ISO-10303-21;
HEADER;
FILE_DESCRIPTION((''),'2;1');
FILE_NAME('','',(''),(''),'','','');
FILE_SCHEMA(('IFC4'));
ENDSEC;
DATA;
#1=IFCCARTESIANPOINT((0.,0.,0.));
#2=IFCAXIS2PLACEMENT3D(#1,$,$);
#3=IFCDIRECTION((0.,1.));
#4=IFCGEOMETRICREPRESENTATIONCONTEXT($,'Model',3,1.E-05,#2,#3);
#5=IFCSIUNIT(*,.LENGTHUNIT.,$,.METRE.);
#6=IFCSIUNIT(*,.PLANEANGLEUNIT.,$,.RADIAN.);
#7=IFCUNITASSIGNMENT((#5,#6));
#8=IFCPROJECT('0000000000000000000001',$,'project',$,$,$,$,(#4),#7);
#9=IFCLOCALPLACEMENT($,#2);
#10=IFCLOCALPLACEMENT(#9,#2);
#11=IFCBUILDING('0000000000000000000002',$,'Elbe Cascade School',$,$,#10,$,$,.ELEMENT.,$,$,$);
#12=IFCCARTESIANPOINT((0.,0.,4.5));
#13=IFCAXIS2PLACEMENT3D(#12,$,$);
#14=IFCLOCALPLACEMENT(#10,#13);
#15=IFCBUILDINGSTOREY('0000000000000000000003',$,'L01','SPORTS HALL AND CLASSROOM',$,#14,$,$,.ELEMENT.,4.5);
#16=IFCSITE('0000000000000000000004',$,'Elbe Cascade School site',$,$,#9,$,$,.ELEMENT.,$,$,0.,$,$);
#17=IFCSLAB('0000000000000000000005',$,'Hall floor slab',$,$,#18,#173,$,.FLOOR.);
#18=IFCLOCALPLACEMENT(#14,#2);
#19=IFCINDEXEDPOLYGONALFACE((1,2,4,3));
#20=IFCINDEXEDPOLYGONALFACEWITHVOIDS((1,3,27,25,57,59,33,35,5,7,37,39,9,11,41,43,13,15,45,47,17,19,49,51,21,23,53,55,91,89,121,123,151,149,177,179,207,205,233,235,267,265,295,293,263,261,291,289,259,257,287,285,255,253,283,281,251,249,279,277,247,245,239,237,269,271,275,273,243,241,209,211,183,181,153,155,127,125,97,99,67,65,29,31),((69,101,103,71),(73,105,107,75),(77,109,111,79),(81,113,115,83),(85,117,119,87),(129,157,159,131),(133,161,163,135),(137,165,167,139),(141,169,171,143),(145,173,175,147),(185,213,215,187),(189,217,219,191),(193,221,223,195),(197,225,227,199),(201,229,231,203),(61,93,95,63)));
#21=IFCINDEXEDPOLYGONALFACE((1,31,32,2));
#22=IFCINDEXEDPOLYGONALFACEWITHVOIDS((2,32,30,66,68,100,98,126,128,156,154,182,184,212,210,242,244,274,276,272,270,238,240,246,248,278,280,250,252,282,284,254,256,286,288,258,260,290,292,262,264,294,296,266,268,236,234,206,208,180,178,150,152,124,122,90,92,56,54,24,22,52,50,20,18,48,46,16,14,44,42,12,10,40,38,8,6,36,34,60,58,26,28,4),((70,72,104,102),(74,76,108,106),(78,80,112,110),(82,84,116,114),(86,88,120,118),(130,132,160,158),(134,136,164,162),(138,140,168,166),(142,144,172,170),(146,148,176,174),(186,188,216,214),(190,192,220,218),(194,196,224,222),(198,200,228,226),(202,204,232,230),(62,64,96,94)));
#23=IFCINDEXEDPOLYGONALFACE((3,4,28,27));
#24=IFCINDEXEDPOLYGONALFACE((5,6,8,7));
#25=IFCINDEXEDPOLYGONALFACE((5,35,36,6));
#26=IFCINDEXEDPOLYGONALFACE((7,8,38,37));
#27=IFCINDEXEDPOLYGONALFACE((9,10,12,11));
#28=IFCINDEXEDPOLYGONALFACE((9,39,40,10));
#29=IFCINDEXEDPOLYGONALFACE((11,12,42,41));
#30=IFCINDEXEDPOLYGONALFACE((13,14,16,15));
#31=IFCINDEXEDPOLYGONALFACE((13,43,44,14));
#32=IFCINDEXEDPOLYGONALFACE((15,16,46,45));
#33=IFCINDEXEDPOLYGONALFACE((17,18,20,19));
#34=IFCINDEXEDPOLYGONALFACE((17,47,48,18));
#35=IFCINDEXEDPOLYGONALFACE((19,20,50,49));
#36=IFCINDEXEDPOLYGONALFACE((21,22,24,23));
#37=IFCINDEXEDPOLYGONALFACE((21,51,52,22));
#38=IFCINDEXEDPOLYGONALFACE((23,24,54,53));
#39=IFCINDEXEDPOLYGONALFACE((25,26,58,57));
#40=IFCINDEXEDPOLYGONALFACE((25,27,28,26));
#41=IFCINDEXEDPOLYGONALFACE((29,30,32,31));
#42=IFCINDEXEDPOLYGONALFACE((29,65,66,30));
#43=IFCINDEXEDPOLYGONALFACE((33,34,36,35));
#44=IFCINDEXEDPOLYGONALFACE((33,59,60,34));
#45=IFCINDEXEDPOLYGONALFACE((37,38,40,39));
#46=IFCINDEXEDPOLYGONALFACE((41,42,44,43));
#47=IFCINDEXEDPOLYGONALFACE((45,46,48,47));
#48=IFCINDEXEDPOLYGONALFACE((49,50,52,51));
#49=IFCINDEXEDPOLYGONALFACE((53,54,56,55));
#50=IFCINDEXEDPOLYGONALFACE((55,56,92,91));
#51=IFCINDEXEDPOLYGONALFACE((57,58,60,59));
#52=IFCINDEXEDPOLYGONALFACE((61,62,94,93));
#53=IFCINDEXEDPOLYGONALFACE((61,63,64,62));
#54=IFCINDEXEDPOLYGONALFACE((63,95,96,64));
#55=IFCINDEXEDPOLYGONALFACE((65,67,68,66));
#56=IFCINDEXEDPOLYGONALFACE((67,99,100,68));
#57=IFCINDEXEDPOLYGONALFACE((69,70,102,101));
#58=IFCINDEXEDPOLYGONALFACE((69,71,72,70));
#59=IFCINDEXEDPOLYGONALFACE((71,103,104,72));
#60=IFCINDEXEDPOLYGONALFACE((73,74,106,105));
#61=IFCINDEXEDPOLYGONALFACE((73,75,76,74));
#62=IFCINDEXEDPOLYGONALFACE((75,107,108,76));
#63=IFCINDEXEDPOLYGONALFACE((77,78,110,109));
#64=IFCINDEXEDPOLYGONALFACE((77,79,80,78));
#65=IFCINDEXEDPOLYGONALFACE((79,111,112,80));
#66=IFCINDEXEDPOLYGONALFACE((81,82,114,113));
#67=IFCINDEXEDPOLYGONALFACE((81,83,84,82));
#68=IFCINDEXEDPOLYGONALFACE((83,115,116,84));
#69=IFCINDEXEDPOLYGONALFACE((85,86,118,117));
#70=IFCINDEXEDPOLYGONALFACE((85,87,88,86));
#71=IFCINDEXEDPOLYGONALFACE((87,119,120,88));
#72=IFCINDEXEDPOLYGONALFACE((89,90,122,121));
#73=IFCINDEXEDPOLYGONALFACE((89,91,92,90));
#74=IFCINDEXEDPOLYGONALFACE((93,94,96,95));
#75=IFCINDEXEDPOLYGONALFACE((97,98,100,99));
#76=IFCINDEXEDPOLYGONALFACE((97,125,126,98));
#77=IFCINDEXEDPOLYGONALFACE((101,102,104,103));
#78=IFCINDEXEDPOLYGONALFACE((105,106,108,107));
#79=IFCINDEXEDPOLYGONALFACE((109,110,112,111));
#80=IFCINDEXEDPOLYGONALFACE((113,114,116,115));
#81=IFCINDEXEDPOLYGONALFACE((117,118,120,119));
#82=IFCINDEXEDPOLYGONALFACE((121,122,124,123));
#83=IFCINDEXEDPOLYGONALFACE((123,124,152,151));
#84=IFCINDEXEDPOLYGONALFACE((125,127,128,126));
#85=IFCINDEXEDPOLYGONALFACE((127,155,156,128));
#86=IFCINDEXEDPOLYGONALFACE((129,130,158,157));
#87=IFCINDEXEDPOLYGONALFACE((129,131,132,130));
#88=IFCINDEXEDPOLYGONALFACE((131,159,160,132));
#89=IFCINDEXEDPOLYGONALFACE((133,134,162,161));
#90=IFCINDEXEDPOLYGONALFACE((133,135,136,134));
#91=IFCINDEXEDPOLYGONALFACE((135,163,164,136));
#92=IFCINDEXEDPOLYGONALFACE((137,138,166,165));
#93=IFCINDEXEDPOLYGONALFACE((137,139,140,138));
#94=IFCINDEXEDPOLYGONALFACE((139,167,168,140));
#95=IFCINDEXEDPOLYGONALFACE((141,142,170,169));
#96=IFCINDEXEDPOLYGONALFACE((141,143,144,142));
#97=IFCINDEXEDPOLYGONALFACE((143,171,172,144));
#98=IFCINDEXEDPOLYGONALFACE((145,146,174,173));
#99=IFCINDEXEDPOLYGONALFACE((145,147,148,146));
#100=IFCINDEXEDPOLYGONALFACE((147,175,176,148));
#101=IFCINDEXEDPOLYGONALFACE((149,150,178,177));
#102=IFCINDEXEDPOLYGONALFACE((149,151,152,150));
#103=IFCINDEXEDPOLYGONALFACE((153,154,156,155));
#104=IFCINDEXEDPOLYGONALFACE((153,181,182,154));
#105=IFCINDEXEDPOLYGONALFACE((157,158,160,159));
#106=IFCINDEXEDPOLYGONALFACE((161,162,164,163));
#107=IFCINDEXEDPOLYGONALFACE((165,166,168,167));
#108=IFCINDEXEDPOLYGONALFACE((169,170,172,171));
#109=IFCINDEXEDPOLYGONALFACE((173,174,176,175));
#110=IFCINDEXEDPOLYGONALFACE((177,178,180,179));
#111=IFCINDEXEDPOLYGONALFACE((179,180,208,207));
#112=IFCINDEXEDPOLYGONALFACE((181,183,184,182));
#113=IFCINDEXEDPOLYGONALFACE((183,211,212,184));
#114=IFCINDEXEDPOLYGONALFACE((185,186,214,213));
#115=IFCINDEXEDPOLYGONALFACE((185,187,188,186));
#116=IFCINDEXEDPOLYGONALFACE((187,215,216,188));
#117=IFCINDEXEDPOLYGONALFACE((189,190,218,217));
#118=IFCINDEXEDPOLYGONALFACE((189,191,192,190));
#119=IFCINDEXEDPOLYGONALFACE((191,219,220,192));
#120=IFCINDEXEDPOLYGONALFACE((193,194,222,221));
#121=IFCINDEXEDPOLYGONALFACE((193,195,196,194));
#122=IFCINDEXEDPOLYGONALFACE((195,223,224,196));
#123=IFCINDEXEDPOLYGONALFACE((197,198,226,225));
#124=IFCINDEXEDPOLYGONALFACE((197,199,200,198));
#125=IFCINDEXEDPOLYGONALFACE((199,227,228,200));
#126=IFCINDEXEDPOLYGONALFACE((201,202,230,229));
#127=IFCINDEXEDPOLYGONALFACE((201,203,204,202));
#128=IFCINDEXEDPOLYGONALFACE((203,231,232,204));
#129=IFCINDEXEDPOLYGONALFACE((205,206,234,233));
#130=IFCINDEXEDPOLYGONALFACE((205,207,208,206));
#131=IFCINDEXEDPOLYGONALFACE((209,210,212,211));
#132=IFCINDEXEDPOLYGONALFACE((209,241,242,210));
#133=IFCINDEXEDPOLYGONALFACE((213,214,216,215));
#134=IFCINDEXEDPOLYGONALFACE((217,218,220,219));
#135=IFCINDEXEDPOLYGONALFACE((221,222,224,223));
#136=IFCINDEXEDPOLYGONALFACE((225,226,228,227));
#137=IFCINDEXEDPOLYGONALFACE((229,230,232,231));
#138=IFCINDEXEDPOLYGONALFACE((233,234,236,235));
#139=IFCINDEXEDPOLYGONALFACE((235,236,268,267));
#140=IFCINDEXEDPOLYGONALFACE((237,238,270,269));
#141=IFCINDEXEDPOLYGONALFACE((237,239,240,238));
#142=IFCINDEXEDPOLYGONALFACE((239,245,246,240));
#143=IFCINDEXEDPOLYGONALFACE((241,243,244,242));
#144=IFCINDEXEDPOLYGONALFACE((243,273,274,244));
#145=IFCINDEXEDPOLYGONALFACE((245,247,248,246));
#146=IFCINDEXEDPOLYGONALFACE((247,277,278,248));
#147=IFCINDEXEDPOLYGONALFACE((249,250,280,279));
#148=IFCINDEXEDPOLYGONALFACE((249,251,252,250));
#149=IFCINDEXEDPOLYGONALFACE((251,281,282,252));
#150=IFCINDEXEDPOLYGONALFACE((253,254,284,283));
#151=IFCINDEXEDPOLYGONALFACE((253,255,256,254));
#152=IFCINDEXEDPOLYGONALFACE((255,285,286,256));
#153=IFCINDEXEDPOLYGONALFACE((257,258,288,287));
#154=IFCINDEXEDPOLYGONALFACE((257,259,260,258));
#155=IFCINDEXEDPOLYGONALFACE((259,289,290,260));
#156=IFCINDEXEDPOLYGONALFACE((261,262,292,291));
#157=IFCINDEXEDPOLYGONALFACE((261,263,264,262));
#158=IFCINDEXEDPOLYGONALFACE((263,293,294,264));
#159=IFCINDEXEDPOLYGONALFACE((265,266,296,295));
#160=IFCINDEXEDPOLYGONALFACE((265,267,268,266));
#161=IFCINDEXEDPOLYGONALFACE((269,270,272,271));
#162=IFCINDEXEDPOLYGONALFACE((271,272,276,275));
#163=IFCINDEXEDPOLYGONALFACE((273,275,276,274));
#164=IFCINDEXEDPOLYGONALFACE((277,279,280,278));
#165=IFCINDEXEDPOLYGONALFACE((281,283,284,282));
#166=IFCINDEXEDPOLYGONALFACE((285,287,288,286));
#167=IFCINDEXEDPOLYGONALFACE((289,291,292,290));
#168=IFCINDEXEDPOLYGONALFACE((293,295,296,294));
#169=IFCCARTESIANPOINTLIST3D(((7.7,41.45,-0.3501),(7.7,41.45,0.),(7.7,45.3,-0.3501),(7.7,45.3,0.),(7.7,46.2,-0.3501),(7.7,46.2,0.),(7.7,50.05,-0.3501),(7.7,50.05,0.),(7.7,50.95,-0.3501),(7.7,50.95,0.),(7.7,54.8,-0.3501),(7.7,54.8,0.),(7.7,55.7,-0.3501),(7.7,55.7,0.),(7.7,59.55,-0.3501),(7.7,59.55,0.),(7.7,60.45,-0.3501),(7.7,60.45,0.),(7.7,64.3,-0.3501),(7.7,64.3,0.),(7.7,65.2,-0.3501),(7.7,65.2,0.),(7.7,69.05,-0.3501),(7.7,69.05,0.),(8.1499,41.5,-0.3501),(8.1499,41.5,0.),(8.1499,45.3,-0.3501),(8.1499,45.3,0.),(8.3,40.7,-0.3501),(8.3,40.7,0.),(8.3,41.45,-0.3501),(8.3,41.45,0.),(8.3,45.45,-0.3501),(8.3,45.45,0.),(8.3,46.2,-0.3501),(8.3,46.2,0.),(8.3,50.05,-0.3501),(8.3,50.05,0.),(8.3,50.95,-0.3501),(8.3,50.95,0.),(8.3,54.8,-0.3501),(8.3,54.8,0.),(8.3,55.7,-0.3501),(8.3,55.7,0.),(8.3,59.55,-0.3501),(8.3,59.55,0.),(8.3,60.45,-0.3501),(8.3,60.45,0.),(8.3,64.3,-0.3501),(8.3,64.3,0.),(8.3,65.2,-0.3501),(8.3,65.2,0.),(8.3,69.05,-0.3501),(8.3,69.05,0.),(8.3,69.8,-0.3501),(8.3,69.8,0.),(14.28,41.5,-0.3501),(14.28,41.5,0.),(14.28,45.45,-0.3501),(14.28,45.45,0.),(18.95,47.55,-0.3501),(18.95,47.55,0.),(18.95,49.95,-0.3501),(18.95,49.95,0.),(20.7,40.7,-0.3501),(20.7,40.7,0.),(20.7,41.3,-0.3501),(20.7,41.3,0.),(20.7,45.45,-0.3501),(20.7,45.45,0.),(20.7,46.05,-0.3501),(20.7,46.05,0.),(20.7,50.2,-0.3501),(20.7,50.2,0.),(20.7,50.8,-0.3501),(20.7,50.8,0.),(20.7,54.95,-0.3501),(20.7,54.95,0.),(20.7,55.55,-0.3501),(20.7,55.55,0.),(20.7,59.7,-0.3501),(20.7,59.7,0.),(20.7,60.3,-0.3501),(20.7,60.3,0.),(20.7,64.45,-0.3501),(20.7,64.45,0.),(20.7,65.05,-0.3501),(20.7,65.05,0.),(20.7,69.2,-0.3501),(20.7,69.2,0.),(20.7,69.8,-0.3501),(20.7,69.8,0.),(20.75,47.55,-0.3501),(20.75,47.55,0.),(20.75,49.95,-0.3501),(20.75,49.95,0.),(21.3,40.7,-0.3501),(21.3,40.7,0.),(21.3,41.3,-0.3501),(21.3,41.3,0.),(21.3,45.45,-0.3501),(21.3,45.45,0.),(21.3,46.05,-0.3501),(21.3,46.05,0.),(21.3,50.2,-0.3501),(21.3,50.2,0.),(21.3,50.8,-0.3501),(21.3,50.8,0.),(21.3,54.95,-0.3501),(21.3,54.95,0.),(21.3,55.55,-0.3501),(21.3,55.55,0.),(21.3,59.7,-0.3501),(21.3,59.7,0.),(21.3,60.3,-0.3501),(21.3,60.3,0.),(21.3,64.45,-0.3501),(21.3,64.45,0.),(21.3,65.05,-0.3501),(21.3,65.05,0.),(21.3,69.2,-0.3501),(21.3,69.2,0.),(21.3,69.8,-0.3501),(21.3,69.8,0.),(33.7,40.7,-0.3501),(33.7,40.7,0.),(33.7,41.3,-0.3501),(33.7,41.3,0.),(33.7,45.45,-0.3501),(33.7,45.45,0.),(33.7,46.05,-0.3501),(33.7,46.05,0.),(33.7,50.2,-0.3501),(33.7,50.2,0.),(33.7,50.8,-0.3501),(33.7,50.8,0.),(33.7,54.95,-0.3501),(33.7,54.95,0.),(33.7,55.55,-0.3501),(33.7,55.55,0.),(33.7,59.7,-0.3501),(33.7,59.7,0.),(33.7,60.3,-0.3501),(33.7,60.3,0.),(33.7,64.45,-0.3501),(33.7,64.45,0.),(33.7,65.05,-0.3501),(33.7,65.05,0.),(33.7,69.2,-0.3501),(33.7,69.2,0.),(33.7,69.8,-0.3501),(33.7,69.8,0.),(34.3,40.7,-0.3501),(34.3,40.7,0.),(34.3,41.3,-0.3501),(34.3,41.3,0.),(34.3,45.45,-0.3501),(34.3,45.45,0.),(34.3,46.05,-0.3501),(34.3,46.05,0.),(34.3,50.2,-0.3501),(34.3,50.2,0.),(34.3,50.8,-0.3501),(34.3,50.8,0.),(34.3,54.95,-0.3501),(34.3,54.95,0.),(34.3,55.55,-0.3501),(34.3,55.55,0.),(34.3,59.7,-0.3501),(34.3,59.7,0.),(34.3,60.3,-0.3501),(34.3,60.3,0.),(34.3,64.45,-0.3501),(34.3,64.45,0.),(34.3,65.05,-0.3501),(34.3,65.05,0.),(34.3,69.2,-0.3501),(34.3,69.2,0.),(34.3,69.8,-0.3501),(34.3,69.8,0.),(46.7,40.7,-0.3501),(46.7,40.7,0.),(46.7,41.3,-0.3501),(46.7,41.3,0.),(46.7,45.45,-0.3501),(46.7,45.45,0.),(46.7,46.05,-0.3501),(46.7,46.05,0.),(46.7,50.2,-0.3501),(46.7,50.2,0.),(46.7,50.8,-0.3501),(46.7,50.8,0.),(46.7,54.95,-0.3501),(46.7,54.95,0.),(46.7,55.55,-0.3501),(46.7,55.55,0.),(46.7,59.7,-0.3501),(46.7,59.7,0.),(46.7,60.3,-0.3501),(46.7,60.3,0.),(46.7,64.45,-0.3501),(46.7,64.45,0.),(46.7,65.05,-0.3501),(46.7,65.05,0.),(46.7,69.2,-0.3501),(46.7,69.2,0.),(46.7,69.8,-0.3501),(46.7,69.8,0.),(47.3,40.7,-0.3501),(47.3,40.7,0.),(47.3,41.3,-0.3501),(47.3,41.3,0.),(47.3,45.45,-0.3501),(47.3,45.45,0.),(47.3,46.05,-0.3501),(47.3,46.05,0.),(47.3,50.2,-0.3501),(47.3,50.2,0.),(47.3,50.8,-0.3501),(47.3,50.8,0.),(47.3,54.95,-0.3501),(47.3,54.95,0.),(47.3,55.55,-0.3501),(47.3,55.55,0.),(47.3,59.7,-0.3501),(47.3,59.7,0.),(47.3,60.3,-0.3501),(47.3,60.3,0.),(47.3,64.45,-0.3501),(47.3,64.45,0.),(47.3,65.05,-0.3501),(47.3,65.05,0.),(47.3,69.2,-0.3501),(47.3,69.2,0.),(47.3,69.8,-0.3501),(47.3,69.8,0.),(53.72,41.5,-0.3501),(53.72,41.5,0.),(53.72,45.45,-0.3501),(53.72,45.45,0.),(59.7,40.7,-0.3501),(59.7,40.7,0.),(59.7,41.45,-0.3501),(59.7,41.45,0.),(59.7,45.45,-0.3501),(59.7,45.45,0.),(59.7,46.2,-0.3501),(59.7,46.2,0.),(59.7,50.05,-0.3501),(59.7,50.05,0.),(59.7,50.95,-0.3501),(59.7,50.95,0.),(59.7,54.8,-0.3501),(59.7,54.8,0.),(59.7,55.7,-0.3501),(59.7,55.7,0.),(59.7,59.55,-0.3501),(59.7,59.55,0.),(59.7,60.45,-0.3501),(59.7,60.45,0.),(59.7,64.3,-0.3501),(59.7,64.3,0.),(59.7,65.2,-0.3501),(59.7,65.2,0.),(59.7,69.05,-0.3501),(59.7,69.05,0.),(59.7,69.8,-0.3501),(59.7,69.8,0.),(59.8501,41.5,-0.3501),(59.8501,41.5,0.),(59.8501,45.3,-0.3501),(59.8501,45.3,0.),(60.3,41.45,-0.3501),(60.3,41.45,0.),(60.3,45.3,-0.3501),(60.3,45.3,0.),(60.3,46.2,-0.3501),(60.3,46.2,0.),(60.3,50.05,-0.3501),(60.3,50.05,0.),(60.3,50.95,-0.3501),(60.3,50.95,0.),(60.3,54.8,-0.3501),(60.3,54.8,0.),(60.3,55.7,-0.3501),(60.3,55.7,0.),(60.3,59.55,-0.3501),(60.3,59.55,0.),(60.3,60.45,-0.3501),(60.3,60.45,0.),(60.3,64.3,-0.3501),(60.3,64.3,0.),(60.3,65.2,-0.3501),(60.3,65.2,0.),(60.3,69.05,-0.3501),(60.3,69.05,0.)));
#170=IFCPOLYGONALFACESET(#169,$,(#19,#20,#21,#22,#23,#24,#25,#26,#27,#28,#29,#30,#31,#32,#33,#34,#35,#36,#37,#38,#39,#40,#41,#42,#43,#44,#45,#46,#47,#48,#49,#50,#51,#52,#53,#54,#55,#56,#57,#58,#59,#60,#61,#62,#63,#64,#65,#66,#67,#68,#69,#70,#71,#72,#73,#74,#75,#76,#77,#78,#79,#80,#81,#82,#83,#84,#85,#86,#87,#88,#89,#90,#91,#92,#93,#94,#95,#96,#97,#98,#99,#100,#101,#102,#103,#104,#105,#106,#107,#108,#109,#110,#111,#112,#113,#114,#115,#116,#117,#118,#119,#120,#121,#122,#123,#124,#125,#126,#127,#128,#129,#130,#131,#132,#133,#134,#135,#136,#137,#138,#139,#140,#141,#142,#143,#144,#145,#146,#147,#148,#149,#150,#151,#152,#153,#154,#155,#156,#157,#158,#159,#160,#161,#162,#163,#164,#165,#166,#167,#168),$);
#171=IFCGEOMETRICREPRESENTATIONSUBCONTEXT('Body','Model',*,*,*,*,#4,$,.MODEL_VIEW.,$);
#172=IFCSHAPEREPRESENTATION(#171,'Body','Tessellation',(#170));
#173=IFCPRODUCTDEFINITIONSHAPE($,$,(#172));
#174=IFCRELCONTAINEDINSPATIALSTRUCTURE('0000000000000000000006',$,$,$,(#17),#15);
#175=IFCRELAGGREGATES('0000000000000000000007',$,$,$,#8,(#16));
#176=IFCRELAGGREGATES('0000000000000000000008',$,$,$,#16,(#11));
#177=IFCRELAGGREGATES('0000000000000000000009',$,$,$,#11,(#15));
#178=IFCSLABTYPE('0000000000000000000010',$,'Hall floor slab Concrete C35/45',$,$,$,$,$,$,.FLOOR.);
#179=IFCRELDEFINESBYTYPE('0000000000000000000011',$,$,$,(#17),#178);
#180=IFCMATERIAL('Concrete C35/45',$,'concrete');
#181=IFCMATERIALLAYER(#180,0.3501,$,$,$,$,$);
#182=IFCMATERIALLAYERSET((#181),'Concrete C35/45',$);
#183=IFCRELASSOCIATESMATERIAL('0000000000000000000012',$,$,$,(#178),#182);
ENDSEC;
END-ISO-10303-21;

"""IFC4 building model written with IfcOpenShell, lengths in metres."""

from ifc_helpers import new_model, si_unit, direction, frame, origin, place, context, subcontext, project, spatial, polyline, outline, extrude, material, layer, layer_set, type_object, element, save


model = new_model("IFC4")

# Units and contexts
model_context = context("Model", 3, precision=1e-05, world=origin(), true_north=direction((0.0, 1.0)))
body_context = subcontext(model_context, "Body", "Model", "MODEL_VIEW")
ifc_project = project(units=[si_unit("LENGTHUNIT", "METRE"), si_unit("PLANEANGLEUNIT", "RADIAN")], contexts=[model_context])

# Site, building, storey
site_placement = place(None, origin())
site = spatial("IfcSite", under=ifc_project, at=site_placement, Name="Elbe Cascade School site", CompositionType="ELEMENT", RefElevation=0.0)
building_placement = place(site_placement, origin())
building = spatial("IfcBuilding", under=site, at=building_placement, Name="Elbe Cascade School", CompositionType="ELEMENT")
storey_placement = place(building_placement, frame((0.0, 0.0, 4.5)))
storey = spatial("IfcBuildingStorey", under=building, at=storey_placement, Name="L01", Description="SPORTS HALL AND CLASSROOM", CompositionType="ELEMENT", Elevation=4.5)

# Slab
ifc_material_1 = material(Name="Concrete C35/45", Category="concrete")
ifc_layer_1 = layer(ifc_material_1, 0.3501)
ifc_layer_set_1 = layer_set([ifc_layer_1], Name="Concrete C35/45")
slab_type_1 = type_object("IfcSlabType", Name="Hall floor slab Concrete C35/45", PredefinedType="FLOOR", material=ifc_layer_set_1)
slab_1_placement = place(storey_placement, frame((0.0, 0.0, -0.3501)))
element("IfcSlab", 1, at=slab_1_placement, inside=storey, type_object=slab_type_1, Name="Hall floor slab", PredefinedType="FLOOR", context=body_context, shape_type="SweptSolid", body=[
    extrude(outline(polyline([(60.3, 41.45), (59.7, 41.45), (59.7, 40.7), (47.3, 40.7), (47.3, 41.3), (46.7, 41.3), (46.7, 40.7), (34.3, 40.7), (34.3, 41.3), (33.7, 41.3), (33.7, 40.7), (21.3, 40.7), (21.3, 41.3), (20.7, 41.3), (20.7, 40.7), (8.3, 40.7), (8.3, 41.45), (7.7, 41.45), (7.7, 45.3), (8.1499, 45.3), (8.1499, 41.5), (14.28, 41.5), (14.28, 45.45), (8.3, 45.45), (8.3, 46.2), (7.7, 46.2), (7.7, 50.05), (8.3, 50.05), (8.3, 50.95), (7.7, 50.95), (7.7, 54.8), (8.3, 54.8), (8.3, 55.7), (7.7, 55.7), (7.7, 59.55), (8.3, 59.55), (8.3, 60.45), (7.7, 60.45), (7.7, 64.3), (8.3, 64.3), (8.3, 65.2), (7.7, 65.2), (7.7, 69.05), (8.3, 69.05), (8.3, 69.8), (20.7, 69.8), (20.7, 69.2), (21.3, 69.2), (21.3, 69.8), (33.7, 69.8), (33.7, 69.2), (34.3, 69.2), (34.3, 69.8), (46.7, 69.8), (46.7, 69.2), (47.3, 69.2), (47.3, 69.8), (59.7, 69.8), (59.7, 69.05), (60.3, 69.05), (60.3, 65.2), (59.7, 65.2), (59.7, 64.3), (60.3, 64.3), (60.3, 60.45), (59.7, 60.45), (59.7, 59.55), (60.3, 59.55), (60.3, 55.7), (59.7, 55.7), (59.7, 54.8), (60.3, 54.8), (60.3, 50.95), (59.7, 50.95), (59.7, 50.05), (60.3, 50.05), (60.3, 46.2), (59.7, 46.2), (59.7, 45.45), (53.72, 45.45), (53.72, 41.5), (59.8501, 41.5), (59.8501, 45.3), (60.3, 45.3), (60.3, 41.45)]), holes=[polyline([(21.3, 45.45), (21.3, 46.05), (20.7, 46.05), (20.7, 45.45), (21.3, 45.45)]), polyline([(20.75, 47.55), (20.75, 49.95), (18.95, 49.95), (18.95, 47.55), (20.75, 47.55)]), polyline([(20.7, 50.2), (21.3, 50.2), (21.3, 50.8), (20.7, 50.8), (20.7, 50.2)]), polyline([(21.3, 54.95), (21.3, 55.55), (20.7, 55.55), (20.7, 54.95), (21.3, 54.95)]), polyline([(21.3, 59.7), (21.3, 60.3), (20.7, 60.3), (20.7, 59.7), (21.3, 59.7)]), polyline([(33.7, 59.7), (34.3, 59.7), (34.3, 60.3), (33.7, 60.3), (33.7, 59.7)]), polyline([(21.3, 64.45), (21.3, 65.05), (20.7, 65.05), (20.7, 64.45), (21.3, 64.45)]), polyline([(34.3, 64.45), (34.3, 65.05), (33.7, 65.05), (33.7, 64.45), (34.3, 64.45)]), polyline([(34.3, 45.45), (34.3, 46.05), (33.7, 46.05), (33.7, 45.45), (34.3, 45.45)]), polyline([(47.3, 45.45), (47.3, 46.05), (46.7, 46.05), (46.7, 45.45), (47.3, 45.45)]), polyline([(33.7, 50.2), (34.3, 50.2), (34.3, 50.8), (33.7, 50.8), (33.7, 50.2)]), polyline([(47.3, 50.2), (47.3, 50.8), (46.7, 50.8), (46.7, 50.2), (47.3, 50.2)]), polyline([(47.3, 54.95), (47.3, 55.55), (46.7, 55.55), (46.7, 54.95), (47.3, 54.95)]), polyline([(34.3, 54.95), (34.3, 55.55), (33.7, 55.55), (33.7, 54.95), (34.3, 54.95)]), polyline([(46.7, 59.7), (47.3, 59.7), (47.3, 60.3), (46.7, 60.3), (46.7, 59.7)]), polyline([(47.3, 64.45), (47.3, 65.05), (46.7, 65.05), (46.7, 64.45), (47.3, 64.45)])]), origin(), (0.0, 0.0, 1.0), 0.3501),
])

save(model, "model.ifc")
